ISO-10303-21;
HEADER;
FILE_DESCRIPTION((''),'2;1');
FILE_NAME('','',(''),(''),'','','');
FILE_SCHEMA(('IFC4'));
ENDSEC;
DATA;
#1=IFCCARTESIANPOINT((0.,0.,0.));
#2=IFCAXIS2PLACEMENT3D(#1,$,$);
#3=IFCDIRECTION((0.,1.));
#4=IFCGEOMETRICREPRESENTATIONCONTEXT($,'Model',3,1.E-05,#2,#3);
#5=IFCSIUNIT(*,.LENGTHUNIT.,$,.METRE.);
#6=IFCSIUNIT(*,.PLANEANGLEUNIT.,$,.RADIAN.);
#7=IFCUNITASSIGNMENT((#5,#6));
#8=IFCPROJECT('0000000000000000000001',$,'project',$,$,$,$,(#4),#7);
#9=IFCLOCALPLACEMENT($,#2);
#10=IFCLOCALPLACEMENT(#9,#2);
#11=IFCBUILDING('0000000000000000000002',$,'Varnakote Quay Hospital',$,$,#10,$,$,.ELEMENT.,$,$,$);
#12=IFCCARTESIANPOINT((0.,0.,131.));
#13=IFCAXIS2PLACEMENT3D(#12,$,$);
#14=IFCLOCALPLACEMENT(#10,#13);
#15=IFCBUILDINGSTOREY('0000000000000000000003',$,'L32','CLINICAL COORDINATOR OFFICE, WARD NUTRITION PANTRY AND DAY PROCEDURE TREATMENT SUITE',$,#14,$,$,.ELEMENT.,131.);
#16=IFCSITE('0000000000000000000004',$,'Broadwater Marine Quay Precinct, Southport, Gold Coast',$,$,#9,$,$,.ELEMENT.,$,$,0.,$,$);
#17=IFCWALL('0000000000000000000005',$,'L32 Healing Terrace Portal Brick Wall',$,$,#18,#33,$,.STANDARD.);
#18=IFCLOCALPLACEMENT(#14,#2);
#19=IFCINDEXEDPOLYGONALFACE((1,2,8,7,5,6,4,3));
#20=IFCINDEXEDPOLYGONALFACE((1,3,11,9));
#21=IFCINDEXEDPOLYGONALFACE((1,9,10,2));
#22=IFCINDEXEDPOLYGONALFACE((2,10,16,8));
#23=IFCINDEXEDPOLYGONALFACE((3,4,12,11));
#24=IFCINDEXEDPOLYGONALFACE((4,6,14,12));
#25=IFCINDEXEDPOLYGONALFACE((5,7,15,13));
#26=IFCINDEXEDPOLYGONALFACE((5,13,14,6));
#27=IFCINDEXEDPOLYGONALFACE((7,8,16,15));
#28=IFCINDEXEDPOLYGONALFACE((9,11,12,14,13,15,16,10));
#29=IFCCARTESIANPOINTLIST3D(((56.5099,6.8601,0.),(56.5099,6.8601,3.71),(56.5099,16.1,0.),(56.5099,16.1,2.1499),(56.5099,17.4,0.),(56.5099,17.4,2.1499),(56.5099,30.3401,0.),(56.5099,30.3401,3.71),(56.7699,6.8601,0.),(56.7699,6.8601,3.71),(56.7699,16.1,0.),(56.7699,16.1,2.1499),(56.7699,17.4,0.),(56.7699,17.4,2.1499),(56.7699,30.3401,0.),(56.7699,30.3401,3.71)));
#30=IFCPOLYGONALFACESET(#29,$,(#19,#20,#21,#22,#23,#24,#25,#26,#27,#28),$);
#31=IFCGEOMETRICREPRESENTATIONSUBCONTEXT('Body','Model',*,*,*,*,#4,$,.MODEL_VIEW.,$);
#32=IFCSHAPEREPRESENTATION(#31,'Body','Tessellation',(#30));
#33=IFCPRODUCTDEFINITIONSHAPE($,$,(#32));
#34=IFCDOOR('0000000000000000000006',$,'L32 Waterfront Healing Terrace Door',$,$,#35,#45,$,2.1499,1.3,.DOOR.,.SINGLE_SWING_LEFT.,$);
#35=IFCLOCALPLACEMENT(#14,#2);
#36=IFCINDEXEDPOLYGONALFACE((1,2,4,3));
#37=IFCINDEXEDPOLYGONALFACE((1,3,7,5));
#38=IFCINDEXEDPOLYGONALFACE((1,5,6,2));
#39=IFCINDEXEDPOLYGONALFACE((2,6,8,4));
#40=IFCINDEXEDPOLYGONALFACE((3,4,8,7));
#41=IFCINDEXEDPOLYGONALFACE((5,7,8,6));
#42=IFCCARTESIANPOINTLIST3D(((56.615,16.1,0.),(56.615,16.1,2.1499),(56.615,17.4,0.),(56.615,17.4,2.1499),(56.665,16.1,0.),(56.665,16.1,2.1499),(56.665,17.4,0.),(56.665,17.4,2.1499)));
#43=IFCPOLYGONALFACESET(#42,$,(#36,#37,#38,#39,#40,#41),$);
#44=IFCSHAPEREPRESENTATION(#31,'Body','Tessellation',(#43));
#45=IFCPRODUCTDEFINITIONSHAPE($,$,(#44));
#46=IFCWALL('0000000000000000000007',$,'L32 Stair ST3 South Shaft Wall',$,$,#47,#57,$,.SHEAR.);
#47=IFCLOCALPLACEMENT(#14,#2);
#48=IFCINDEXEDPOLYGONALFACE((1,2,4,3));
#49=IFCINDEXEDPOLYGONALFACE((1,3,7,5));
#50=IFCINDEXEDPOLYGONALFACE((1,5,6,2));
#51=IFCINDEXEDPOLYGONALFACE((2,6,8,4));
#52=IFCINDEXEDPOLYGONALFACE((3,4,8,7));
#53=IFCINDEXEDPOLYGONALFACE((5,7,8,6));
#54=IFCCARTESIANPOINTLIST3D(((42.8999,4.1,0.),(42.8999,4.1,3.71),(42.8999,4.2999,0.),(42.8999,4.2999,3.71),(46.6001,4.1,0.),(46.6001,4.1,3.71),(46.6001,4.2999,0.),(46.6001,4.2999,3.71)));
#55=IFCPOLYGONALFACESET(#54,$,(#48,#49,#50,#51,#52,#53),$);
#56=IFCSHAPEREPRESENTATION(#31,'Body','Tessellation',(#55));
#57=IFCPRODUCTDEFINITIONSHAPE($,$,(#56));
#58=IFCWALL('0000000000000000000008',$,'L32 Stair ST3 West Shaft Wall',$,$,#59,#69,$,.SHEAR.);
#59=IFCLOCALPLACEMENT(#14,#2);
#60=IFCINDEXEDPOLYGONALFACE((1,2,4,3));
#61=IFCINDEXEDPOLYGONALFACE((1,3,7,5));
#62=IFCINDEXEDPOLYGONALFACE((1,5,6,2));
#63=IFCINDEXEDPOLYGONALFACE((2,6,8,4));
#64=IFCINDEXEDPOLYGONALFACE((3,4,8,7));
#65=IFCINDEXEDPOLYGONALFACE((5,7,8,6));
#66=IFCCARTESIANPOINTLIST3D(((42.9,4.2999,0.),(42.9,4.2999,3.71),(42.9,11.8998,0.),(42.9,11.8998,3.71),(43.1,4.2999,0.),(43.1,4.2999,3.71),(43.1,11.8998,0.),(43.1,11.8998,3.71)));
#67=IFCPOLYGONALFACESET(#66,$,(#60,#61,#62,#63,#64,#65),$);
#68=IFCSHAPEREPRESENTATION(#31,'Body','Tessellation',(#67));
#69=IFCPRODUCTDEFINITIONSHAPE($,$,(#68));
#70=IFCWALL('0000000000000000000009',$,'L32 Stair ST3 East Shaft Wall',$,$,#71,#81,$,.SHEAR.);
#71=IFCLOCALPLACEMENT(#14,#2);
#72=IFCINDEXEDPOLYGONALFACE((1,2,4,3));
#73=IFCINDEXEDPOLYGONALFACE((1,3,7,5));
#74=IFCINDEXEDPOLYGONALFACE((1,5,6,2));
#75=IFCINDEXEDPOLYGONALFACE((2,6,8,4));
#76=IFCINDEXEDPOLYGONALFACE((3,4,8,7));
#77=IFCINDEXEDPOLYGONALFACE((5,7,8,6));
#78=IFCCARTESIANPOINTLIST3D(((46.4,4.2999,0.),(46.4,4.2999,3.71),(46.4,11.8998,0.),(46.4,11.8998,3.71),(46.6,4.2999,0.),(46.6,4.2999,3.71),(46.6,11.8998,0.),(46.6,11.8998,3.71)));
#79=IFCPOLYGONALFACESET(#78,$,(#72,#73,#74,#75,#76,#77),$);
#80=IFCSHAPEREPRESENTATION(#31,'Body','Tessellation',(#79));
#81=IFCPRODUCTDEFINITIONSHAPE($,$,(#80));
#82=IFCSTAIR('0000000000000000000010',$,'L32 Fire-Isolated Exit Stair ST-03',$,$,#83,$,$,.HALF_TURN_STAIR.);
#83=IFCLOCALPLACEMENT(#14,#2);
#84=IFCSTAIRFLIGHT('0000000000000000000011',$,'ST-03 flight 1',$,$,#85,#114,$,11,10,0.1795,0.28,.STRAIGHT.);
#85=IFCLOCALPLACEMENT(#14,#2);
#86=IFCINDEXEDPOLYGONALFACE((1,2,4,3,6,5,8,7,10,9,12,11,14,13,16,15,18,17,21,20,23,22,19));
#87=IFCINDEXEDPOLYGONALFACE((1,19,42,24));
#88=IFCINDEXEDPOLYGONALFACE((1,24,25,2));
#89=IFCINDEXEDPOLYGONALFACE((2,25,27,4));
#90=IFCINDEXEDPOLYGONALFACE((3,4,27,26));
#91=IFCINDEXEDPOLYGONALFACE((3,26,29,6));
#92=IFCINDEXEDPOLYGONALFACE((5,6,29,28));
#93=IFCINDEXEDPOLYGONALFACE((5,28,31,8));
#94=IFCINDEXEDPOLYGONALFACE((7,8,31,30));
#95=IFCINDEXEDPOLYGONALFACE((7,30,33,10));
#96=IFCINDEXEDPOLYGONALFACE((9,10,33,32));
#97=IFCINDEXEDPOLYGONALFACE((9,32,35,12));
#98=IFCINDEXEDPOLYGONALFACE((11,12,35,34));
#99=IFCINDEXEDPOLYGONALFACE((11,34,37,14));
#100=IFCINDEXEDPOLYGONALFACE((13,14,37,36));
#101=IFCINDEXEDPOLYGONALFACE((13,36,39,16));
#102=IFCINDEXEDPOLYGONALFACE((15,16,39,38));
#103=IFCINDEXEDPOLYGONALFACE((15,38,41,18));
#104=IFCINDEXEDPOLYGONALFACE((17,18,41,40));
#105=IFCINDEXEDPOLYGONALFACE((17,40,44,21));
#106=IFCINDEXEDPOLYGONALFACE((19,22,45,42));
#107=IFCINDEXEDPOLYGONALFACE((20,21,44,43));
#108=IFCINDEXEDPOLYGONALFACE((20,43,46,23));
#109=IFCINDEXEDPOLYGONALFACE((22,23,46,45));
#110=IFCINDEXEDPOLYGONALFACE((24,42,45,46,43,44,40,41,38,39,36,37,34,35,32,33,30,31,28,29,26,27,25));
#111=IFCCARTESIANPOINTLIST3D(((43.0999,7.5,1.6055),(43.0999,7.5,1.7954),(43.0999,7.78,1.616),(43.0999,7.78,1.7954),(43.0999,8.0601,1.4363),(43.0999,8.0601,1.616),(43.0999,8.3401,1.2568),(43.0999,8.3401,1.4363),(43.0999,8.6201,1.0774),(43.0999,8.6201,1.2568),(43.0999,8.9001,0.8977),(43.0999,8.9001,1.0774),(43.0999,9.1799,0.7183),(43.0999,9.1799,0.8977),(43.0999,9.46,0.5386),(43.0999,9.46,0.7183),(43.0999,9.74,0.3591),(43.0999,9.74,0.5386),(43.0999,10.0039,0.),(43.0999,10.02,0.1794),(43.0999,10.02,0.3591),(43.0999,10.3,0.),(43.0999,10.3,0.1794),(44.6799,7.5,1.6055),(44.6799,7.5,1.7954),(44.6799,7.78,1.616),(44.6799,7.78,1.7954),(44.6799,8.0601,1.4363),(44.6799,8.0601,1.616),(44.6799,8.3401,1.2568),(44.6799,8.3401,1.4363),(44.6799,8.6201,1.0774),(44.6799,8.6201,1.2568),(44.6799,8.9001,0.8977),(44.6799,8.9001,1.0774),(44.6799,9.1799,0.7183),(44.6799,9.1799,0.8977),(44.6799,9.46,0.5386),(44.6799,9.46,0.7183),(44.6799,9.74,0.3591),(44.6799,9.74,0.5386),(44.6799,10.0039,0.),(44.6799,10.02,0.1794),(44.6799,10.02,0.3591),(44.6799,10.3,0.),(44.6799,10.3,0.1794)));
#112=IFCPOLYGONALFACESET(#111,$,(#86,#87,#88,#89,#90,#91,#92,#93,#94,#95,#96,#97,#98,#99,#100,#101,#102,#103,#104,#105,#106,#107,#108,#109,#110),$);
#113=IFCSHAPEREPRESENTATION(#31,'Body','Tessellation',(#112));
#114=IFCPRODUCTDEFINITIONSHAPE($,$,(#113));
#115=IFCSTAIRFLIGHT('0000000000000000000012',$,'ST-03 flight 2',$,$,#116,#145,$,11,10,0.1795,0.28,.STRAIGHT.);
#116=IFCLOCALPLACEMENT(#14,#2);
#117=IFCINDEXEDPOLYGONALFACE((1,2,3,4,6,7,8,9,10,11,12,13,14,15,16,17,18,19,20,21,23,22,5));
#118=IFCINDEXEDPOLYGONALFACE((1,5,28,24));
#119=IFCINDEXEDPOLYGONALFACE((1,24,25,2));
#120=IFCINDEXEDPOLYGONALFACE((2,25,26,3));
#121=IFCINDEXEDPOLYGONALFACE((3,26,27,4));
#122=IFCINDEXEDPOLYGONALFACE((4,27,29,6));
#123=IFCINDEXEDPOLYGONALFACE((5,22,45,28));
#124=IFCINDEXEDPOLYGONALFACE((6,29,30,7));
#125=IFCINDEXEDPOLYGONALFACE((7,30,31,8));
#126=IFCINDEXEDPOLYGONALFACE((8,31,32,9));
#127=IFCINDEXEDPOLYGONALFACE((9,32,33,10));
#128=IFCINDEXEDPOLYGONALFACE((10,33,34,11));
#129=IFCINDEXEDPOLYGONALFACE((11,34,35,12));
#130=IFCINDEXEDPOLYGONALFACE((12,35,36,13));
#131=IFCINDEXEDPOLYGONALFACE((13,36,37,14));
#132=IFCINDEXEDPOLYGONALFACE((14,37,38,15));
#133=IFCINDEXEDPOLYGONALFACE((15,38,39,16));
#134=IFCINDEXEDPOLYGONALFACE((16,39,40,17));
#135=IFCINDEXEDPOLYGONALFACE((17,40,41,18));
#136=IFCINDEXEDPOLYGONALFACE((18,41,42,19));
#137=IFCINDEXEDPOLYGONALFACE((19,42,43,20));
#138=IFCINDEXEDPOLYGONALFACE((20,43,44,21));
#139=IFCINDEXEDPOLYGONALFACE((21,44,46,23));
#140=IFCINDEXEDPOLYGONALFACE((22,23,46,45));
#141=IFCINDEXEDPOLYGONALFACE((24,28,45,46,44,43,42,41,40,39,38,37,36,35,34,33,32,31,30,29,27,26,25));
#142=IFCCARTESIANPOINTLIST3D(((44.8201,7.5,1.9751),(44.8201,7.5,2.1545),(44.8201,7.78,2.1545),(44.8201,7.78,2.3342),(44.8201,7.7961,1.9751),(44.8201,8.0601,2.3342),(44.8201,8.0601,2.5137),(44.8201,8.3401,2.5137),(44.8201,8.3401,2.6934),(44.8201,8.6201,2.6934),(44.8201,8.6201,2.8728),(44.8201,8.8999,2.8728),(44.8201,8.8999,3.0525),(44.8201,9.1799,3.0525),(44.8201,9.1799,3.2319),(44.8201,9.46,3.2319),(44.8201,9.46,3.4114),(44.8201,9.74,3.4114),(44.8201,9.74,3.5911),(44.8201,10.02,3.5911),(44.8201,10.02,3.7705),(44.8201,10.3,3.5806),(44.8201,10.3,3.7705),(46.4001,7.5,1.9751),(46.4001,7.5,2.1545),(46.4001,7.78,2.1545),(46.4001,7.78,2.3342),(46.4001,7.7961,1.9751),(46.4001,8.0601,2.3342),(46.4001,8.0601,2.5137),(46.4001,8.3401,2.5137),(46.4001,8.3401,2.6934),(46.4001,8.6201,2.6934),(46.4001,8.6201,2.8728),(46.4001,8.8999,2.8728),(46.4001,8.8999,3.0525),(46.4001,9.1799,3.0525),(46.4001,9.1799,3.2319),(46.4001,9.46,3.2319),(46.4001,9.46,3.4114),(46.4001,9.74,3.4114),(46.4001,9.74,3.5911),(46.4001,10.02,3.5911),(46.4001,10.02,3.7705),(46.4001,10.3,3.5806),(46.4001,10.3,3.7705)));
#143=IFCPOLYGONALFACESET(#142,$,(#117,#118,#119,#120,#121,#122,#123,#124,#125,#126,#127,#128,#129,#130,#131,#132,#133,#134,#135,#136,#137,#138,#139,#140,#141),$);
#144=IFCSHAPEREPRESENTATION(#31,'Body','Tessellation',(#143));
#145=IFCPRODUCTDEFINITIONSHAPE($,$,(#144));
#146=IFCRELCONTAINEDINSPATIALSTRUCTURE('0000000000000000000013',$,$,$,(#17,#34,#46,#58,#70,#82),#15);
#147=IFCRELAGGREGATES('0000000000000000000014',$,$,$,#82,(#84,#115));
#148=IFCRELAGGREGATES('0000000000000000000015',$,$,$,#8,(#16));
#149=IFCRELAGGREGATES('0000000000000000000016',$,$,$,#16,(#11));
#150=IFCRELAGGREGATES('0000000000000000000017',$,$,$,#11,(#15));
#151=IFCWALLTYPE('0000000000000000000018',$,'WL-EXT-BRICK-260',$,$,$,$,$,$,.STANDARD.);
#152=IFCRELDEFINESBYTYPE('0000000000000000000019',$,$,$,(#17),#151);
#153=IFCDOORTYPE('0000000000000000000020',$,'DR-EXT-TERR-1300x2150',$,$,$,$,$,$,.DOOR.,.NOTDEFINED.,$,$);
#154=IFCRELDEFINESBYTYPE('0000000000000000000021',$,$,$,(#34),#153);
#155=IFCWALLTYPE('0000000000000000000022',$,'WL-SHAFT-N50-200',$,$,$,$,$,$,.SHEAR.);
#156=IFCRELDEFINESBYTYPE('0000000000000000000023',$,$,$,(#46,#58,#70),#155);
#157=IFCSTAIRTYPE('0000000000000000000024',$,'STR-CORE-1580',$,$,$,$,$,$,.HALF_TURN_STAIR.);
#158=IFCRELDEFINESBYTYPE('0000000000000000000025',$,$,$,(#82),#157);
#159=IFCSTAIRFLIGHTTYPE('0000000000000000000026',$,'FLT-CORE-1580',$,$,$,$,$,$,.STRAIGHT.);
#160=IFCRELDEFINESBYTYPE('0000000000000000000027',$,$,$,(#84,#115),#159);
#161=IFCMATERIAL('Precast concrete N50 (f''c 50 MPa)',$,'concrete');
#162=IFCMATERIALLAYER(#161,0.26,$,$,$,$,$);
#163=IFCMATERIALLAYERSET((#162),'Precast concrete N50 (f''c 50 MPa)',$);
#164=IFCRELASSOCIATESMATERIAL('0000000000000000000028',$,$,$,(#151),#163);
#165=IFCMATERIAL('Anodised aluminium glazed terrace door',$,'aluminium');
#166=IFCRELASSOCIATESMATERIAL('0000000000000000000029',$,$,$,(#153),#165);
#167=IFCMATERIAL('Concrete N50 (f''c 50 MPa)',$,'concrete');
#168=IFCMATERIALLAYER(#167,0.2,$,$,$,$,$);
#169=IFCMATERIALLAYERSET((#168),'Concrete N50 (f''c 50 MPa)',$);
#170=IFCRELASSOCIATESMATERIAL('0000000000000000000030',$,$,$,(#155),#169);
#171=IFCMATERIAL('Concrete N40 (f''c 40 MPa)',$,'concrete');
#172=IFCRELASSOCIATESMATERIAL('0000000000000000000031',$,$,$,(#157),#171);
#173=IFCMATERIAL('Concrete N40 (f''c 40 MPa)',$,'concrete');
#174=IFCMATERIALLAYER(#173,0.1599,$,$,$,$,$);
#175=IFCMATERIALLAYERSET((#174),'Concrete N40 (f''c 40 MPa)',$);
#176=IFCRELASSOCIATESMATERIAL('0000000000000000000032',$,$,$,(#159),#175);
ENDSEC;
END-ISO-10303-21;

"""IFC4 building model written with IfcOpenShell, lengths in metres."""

from ifc_helpers import new_model, si_unit, direction, frame, frame_2d, origin, place, context, subcontext, project, spatial, polyline, rectangle, outline, extrude, material, layer, layer_set, type_object, element, fill, aggregate, save


model = new_model("IFC4")

# Units and contexts
model_context = context("Model", 3, precision=1e-05, world=origin(), true_north=direction((0.0, 1.0)))
body_context = subcontext(model_context, "Body", "Model", "MODEL_VIEW")
ifc_project = project(units=[si_unit("LENGTHUNIT", "METRE"), si_unit("PLANEANGLEUNIT", "RADIAN")], contexts=[model_context])

# Site, building, storey
site_placement = place(None, origin())
site = spatial("IfcSite", under=ifc_project, at=site_placement, Name="Broadwater Marine Quay Precinct, Southport, Gold Coast", CompositionType="ELEMENT", RefElevation=0.0)
building_placement = place(site_placement, origin())
building = spatial("IfcBuilding", under=site, at=building_placement, Name="Varnakote Quay Hospital", CompositionType="ELEMENT")
storey_placement = place(building_placement, frame((0.0, 0.0, 131.0)))
storey = spatial("IfcBuildingStorey", under=building, at=storey_placement, Name="L32", Description="CLINICAL COORDINATOR OFFICE, WARD NUTRITION PANTRY AND DAY PROCEDURE TREATMENT SUITE", CompositionType="ELEMENT", Elevation=131.0)

# Shared definitions
ifc_material_1 = material(Name="Precast concrete N50 (f'c 50 MPa)", Category="concrete")
ifc_layer_1 = layer(ifc_material_1, 0.26)
ifc_layer_set_1 = layer_set([ifc_layer_1], Name="Precast concrete N50 (f'c 50 MPa)")
wall_type_1 = type_object("IfcWallType", Name="WL-EXT-BRICK-260", PredefinedType="STANDARD", material=ifc_layer_set_1)

# Wall, opening, door
wall_1_placement = place(storey_placement, frame((56.6399, 6.8601, 0.0), z_axis=(0.0, 0.0, 1.0), x_axis=(0.0, 1.0, 0.0)))
wall_1 = element("IfcWall", 1, at=wall_1_placement, inside=storey, type_object=wall_type_1, Name="L32 Healing Terrace Portal Brick Wall", PredefinedType="STANDARD", context=body_context, shape_type="SweptSolid", body=[
    extrude(rectangle(XDim=23.48, YDim=0.26, at=frame_2d((11.74, 0.0))), origin(), (0.0, 0.0, 1.0), 3.71),
])
opening_placement = place(wall_1_placement, frame((9.24, 0.0, 0.0)))
opening = element("IfcOpeningElement", 2, at=opening_placement, cuts=wall_1, PredefinedType="OPENING", context=body_context, shape_type="SweptSolid", body=[
    extrude(rectangle(XDim=1.3, YDim=2.1499, at=frame_2d((0.6499, 1.075))), frame((0.0, 0.1399, 0.0), z_axis=(0.0, -1.0, 0.0), x_axis=(1.0, 0.0, 0.0)), (0.0, 0.0, 1.0), 0.28),
])
ifc_material_2 = material(Name="Anodised aluminium glazed terrace door", Category="aluminium")
door_type = type_object("IfcDoorType", Name="DR-EXT-TERR-1300x2150", OperationType="NOTDEFINED", PredefinedType="DOOR", material=ifc_material_2)
door_placement = place(opening_placement, origin())
door = element("IfcDoor", 3, at=door_placement, inside=storey, type_object=door_type, Name="L32 Waterfront Healing Terrace Door", OperationType="SINGLE_SWING_LEFT", OverallHeight=2.1499, OverallWidth=1.3, PredefinedType="DOOR", context=body_context, shape_type="SweptSolid", body=[
    extrude(rectangle(XDim=1.3, YDim=2.1499, at=frame_2d((0.6499, 1.075))), frame((0.0, 0.0249, 0.0), z_axis=(0.0, -1.0, 0.0), x_axis=(1.0, 0.0, 0.0)), (0.0, 0.0, 1.0), 0.05),
])
fill(opening, door)

# Walls
ifc_material_3 = material(Name="Concrete N50 (f'c 50 MPa)", Category="concrete")
ifc_layer_2 = layer(ifc_material_3, 0.2)
ifc_layer_set_2 = layer_set([ifc_layer_2], Name="Concrete N50 (f'c 50 MPa)")
wall_type_2 = type_object("IfcWallType", Name="WL-SHAFT-N50-200", PredefinedType="SHEAR", material=ifc_layer_set_2)
wall_2_placement = place(storey_placement, frame((42.8999, 4.2, 0.0), z_axis=(0.0, 0.0, 1.0), x_axis=(1.0, 0.0, 0.0)))
element("IfcWall", 4, at=wall_2_placement, inside=storey, type_object=wall_type_2, Name="L32 Stair ST3 South Shaft Wall", PredefinedType="SHEAR", context=body_context, shape_type="SweptSolid", body=[
    extrude(rectangle(XDim=3.7002, YDim=0.2, at=frame_2d((1.8501, 0.0))), origin(), (0.0, 0.0, 1.0), 3.71),
])
for number, where, z_axis, x_axis, name in (
    (5, (43.0, 4.3, 0.0), (0.0, 0.0, 1.0), (0.0, 1.0, 0.0), "L32 Stair ST3 West Shaft Wall"),
    (6, (46.5, 4.3, 0.0), (0.0, 0.0, 1.0), (0.0, 1.0, 0.0), "L32 Stair ST3 East Shaft Wall"),
):
    element("IfcWall", number, at=place(storey_placement, frame(where, z_axis=z_axis, x_axis=x_axis)), inside=storey, type_object=wall_type_2, Name=name, PredefinedType="SHEAR", context=body_context, shape_type="SweptSolid", body=[
        extrude(rectangle(XDim=7.5999, YDim=0.2, at=frame_2d((3.7998, 0.0))), origin(), (0.0, 0.0, 1.0), 3.71),
    ])

# Stair, stair flights
ifc_material_4 = material(Name="Concrete N40 (f'c 40 MPa)", Category="concrete")
stair_type = type_object("IfcStairType", Name="STR-CORE-1580", PredefinedType="HALF_TURN_STAIR", material=ifc_material_4)
stair_placement = place(storey_placement, origin())
stair = element("IfcStair", 7, at=stair_placement, inside=storey, type_object=stair_type, Name="L32 Fire-Isolated Exit Stair ST-03", PredefinedType="HALF_TURN_STAIR")
ifc_material_5 = material(Name="Concrete N40 (f'c 40 MPa)", Category="concrete")
ifc_layer_3 = layer(ifc_material_5, 0.1599)
ifc_layer_set_3 = layer_set([ifc_layer_3], Name="Concrete N40 (f'c 40 MPa)")
stair_flight_type = type_object("IfcStairFlightType", Name="FLT-CORE-1580", PredefinedType="STRAIGHT", material=ifc_layer_set_3)
stair_flight_1_placement = place(storey_placement, frame((43.8899, 10.3, 0.0), z_axis=(0.0, 0.0, 1.0), x_axis=(0.0, -1.0, 0.0)))
stair_flight_1 = element("IfcStairFlight", 8, at=stair_flight_1_placement, type_object=stair_flight_type, Name="ST-03 flight 1", NumberOfRisers=11, NumberOfTreads=10, PredefinedType="STRAIGHT", RiserHeight=0.1795, TreadLength=0.28, context=body_context, shape_type="SweptSolid", body=[
    extrude(outline(polyline([(0.0, 0.0), (0.0, 0.1794), (0.28, 0.1794), (0.28, 0.3591), (0.5601, 0.3591), (0.5601, 0.5386), (0.8401, 0.5386), (0.8401, 0.7183), (1.1201, 0.7183), (1.1201, 0.8977), (1.3999, 0.8977), (1.3999, 1.0774), (1.6799, 1.0774), (1.6799, 1.2568), (1.96, 1.2568), (1.96, 1.4363), (2.24, 1.4363), (2.24, 1.616), (2.52, 1.616), (2.52, 1.7954), (2.8, 1.7954), (2.8, 1.9751), (2.8, 1.6055), (0.2961, 0.0), (0.0, 0.0)])), frame((0.0, 0.79, 0.0), z_axis=(0.0, -1.0, 0.0), x_axis=(1.0, 0.0, 0.0)), (0.0, 0.0, 1.0), 1.5801),
])
stair_flight_2_placement = place(storey_placement, frame((45.6101, 7.5, 1.9751), z_axis=(0.0, 0.0, 1.0), x_axis=(0.0, 1.0, 0.0)))
stair_flight_2 = element("IfcStairFlight", 9, at=stair_flight_2_placement, type_object=stair_flight_type, Name="ST-03 flight 2", NumberOfRisers=11, NumberOfTreads=10, PredefinedType="STRAIGHT", RiserHeight=0.1795, TreadLength=0.28, context=body_context, shape_type="SweptSolid", body=[
    extrude(outline(polyline([(0.0, 0.0), (0.0, 0.1794), (0.28, 0.1794), (0.28, 0.3591), (0.5601, 0.3591), (0.5601, 0.5386), (0.8401, 0.5386), (0.8401, 0.7183), (1.1201, 0.7183), (1.1201, 0.8977), (1.3999, 0.8977), (1.3999, 1.0774), (1.6799, 1.0774), (1.6799, 1.2568), (1.96, 1.2568), (1.96, 1.4363), (2.24, 1.4363), (2.24, 1.616), (2.52, 1.616), (2.52, 1.7954), (2.8, 1.7954), (2.8, 1.9751), (2.8, 1.6055), (0.2961, 0.0), (0.0, 0.0)])), frame((0.0, 0.79, 0.0), z_axis=(0.0, -1.0, 0.0), x_axis=(1.0, 0.0, 0.0)), (0.0, 0.0, 1.0), 1.5801),
])
aggregate(stair, [stair_flight_1, stair_flight_2])

save(model, "model.ifc")
